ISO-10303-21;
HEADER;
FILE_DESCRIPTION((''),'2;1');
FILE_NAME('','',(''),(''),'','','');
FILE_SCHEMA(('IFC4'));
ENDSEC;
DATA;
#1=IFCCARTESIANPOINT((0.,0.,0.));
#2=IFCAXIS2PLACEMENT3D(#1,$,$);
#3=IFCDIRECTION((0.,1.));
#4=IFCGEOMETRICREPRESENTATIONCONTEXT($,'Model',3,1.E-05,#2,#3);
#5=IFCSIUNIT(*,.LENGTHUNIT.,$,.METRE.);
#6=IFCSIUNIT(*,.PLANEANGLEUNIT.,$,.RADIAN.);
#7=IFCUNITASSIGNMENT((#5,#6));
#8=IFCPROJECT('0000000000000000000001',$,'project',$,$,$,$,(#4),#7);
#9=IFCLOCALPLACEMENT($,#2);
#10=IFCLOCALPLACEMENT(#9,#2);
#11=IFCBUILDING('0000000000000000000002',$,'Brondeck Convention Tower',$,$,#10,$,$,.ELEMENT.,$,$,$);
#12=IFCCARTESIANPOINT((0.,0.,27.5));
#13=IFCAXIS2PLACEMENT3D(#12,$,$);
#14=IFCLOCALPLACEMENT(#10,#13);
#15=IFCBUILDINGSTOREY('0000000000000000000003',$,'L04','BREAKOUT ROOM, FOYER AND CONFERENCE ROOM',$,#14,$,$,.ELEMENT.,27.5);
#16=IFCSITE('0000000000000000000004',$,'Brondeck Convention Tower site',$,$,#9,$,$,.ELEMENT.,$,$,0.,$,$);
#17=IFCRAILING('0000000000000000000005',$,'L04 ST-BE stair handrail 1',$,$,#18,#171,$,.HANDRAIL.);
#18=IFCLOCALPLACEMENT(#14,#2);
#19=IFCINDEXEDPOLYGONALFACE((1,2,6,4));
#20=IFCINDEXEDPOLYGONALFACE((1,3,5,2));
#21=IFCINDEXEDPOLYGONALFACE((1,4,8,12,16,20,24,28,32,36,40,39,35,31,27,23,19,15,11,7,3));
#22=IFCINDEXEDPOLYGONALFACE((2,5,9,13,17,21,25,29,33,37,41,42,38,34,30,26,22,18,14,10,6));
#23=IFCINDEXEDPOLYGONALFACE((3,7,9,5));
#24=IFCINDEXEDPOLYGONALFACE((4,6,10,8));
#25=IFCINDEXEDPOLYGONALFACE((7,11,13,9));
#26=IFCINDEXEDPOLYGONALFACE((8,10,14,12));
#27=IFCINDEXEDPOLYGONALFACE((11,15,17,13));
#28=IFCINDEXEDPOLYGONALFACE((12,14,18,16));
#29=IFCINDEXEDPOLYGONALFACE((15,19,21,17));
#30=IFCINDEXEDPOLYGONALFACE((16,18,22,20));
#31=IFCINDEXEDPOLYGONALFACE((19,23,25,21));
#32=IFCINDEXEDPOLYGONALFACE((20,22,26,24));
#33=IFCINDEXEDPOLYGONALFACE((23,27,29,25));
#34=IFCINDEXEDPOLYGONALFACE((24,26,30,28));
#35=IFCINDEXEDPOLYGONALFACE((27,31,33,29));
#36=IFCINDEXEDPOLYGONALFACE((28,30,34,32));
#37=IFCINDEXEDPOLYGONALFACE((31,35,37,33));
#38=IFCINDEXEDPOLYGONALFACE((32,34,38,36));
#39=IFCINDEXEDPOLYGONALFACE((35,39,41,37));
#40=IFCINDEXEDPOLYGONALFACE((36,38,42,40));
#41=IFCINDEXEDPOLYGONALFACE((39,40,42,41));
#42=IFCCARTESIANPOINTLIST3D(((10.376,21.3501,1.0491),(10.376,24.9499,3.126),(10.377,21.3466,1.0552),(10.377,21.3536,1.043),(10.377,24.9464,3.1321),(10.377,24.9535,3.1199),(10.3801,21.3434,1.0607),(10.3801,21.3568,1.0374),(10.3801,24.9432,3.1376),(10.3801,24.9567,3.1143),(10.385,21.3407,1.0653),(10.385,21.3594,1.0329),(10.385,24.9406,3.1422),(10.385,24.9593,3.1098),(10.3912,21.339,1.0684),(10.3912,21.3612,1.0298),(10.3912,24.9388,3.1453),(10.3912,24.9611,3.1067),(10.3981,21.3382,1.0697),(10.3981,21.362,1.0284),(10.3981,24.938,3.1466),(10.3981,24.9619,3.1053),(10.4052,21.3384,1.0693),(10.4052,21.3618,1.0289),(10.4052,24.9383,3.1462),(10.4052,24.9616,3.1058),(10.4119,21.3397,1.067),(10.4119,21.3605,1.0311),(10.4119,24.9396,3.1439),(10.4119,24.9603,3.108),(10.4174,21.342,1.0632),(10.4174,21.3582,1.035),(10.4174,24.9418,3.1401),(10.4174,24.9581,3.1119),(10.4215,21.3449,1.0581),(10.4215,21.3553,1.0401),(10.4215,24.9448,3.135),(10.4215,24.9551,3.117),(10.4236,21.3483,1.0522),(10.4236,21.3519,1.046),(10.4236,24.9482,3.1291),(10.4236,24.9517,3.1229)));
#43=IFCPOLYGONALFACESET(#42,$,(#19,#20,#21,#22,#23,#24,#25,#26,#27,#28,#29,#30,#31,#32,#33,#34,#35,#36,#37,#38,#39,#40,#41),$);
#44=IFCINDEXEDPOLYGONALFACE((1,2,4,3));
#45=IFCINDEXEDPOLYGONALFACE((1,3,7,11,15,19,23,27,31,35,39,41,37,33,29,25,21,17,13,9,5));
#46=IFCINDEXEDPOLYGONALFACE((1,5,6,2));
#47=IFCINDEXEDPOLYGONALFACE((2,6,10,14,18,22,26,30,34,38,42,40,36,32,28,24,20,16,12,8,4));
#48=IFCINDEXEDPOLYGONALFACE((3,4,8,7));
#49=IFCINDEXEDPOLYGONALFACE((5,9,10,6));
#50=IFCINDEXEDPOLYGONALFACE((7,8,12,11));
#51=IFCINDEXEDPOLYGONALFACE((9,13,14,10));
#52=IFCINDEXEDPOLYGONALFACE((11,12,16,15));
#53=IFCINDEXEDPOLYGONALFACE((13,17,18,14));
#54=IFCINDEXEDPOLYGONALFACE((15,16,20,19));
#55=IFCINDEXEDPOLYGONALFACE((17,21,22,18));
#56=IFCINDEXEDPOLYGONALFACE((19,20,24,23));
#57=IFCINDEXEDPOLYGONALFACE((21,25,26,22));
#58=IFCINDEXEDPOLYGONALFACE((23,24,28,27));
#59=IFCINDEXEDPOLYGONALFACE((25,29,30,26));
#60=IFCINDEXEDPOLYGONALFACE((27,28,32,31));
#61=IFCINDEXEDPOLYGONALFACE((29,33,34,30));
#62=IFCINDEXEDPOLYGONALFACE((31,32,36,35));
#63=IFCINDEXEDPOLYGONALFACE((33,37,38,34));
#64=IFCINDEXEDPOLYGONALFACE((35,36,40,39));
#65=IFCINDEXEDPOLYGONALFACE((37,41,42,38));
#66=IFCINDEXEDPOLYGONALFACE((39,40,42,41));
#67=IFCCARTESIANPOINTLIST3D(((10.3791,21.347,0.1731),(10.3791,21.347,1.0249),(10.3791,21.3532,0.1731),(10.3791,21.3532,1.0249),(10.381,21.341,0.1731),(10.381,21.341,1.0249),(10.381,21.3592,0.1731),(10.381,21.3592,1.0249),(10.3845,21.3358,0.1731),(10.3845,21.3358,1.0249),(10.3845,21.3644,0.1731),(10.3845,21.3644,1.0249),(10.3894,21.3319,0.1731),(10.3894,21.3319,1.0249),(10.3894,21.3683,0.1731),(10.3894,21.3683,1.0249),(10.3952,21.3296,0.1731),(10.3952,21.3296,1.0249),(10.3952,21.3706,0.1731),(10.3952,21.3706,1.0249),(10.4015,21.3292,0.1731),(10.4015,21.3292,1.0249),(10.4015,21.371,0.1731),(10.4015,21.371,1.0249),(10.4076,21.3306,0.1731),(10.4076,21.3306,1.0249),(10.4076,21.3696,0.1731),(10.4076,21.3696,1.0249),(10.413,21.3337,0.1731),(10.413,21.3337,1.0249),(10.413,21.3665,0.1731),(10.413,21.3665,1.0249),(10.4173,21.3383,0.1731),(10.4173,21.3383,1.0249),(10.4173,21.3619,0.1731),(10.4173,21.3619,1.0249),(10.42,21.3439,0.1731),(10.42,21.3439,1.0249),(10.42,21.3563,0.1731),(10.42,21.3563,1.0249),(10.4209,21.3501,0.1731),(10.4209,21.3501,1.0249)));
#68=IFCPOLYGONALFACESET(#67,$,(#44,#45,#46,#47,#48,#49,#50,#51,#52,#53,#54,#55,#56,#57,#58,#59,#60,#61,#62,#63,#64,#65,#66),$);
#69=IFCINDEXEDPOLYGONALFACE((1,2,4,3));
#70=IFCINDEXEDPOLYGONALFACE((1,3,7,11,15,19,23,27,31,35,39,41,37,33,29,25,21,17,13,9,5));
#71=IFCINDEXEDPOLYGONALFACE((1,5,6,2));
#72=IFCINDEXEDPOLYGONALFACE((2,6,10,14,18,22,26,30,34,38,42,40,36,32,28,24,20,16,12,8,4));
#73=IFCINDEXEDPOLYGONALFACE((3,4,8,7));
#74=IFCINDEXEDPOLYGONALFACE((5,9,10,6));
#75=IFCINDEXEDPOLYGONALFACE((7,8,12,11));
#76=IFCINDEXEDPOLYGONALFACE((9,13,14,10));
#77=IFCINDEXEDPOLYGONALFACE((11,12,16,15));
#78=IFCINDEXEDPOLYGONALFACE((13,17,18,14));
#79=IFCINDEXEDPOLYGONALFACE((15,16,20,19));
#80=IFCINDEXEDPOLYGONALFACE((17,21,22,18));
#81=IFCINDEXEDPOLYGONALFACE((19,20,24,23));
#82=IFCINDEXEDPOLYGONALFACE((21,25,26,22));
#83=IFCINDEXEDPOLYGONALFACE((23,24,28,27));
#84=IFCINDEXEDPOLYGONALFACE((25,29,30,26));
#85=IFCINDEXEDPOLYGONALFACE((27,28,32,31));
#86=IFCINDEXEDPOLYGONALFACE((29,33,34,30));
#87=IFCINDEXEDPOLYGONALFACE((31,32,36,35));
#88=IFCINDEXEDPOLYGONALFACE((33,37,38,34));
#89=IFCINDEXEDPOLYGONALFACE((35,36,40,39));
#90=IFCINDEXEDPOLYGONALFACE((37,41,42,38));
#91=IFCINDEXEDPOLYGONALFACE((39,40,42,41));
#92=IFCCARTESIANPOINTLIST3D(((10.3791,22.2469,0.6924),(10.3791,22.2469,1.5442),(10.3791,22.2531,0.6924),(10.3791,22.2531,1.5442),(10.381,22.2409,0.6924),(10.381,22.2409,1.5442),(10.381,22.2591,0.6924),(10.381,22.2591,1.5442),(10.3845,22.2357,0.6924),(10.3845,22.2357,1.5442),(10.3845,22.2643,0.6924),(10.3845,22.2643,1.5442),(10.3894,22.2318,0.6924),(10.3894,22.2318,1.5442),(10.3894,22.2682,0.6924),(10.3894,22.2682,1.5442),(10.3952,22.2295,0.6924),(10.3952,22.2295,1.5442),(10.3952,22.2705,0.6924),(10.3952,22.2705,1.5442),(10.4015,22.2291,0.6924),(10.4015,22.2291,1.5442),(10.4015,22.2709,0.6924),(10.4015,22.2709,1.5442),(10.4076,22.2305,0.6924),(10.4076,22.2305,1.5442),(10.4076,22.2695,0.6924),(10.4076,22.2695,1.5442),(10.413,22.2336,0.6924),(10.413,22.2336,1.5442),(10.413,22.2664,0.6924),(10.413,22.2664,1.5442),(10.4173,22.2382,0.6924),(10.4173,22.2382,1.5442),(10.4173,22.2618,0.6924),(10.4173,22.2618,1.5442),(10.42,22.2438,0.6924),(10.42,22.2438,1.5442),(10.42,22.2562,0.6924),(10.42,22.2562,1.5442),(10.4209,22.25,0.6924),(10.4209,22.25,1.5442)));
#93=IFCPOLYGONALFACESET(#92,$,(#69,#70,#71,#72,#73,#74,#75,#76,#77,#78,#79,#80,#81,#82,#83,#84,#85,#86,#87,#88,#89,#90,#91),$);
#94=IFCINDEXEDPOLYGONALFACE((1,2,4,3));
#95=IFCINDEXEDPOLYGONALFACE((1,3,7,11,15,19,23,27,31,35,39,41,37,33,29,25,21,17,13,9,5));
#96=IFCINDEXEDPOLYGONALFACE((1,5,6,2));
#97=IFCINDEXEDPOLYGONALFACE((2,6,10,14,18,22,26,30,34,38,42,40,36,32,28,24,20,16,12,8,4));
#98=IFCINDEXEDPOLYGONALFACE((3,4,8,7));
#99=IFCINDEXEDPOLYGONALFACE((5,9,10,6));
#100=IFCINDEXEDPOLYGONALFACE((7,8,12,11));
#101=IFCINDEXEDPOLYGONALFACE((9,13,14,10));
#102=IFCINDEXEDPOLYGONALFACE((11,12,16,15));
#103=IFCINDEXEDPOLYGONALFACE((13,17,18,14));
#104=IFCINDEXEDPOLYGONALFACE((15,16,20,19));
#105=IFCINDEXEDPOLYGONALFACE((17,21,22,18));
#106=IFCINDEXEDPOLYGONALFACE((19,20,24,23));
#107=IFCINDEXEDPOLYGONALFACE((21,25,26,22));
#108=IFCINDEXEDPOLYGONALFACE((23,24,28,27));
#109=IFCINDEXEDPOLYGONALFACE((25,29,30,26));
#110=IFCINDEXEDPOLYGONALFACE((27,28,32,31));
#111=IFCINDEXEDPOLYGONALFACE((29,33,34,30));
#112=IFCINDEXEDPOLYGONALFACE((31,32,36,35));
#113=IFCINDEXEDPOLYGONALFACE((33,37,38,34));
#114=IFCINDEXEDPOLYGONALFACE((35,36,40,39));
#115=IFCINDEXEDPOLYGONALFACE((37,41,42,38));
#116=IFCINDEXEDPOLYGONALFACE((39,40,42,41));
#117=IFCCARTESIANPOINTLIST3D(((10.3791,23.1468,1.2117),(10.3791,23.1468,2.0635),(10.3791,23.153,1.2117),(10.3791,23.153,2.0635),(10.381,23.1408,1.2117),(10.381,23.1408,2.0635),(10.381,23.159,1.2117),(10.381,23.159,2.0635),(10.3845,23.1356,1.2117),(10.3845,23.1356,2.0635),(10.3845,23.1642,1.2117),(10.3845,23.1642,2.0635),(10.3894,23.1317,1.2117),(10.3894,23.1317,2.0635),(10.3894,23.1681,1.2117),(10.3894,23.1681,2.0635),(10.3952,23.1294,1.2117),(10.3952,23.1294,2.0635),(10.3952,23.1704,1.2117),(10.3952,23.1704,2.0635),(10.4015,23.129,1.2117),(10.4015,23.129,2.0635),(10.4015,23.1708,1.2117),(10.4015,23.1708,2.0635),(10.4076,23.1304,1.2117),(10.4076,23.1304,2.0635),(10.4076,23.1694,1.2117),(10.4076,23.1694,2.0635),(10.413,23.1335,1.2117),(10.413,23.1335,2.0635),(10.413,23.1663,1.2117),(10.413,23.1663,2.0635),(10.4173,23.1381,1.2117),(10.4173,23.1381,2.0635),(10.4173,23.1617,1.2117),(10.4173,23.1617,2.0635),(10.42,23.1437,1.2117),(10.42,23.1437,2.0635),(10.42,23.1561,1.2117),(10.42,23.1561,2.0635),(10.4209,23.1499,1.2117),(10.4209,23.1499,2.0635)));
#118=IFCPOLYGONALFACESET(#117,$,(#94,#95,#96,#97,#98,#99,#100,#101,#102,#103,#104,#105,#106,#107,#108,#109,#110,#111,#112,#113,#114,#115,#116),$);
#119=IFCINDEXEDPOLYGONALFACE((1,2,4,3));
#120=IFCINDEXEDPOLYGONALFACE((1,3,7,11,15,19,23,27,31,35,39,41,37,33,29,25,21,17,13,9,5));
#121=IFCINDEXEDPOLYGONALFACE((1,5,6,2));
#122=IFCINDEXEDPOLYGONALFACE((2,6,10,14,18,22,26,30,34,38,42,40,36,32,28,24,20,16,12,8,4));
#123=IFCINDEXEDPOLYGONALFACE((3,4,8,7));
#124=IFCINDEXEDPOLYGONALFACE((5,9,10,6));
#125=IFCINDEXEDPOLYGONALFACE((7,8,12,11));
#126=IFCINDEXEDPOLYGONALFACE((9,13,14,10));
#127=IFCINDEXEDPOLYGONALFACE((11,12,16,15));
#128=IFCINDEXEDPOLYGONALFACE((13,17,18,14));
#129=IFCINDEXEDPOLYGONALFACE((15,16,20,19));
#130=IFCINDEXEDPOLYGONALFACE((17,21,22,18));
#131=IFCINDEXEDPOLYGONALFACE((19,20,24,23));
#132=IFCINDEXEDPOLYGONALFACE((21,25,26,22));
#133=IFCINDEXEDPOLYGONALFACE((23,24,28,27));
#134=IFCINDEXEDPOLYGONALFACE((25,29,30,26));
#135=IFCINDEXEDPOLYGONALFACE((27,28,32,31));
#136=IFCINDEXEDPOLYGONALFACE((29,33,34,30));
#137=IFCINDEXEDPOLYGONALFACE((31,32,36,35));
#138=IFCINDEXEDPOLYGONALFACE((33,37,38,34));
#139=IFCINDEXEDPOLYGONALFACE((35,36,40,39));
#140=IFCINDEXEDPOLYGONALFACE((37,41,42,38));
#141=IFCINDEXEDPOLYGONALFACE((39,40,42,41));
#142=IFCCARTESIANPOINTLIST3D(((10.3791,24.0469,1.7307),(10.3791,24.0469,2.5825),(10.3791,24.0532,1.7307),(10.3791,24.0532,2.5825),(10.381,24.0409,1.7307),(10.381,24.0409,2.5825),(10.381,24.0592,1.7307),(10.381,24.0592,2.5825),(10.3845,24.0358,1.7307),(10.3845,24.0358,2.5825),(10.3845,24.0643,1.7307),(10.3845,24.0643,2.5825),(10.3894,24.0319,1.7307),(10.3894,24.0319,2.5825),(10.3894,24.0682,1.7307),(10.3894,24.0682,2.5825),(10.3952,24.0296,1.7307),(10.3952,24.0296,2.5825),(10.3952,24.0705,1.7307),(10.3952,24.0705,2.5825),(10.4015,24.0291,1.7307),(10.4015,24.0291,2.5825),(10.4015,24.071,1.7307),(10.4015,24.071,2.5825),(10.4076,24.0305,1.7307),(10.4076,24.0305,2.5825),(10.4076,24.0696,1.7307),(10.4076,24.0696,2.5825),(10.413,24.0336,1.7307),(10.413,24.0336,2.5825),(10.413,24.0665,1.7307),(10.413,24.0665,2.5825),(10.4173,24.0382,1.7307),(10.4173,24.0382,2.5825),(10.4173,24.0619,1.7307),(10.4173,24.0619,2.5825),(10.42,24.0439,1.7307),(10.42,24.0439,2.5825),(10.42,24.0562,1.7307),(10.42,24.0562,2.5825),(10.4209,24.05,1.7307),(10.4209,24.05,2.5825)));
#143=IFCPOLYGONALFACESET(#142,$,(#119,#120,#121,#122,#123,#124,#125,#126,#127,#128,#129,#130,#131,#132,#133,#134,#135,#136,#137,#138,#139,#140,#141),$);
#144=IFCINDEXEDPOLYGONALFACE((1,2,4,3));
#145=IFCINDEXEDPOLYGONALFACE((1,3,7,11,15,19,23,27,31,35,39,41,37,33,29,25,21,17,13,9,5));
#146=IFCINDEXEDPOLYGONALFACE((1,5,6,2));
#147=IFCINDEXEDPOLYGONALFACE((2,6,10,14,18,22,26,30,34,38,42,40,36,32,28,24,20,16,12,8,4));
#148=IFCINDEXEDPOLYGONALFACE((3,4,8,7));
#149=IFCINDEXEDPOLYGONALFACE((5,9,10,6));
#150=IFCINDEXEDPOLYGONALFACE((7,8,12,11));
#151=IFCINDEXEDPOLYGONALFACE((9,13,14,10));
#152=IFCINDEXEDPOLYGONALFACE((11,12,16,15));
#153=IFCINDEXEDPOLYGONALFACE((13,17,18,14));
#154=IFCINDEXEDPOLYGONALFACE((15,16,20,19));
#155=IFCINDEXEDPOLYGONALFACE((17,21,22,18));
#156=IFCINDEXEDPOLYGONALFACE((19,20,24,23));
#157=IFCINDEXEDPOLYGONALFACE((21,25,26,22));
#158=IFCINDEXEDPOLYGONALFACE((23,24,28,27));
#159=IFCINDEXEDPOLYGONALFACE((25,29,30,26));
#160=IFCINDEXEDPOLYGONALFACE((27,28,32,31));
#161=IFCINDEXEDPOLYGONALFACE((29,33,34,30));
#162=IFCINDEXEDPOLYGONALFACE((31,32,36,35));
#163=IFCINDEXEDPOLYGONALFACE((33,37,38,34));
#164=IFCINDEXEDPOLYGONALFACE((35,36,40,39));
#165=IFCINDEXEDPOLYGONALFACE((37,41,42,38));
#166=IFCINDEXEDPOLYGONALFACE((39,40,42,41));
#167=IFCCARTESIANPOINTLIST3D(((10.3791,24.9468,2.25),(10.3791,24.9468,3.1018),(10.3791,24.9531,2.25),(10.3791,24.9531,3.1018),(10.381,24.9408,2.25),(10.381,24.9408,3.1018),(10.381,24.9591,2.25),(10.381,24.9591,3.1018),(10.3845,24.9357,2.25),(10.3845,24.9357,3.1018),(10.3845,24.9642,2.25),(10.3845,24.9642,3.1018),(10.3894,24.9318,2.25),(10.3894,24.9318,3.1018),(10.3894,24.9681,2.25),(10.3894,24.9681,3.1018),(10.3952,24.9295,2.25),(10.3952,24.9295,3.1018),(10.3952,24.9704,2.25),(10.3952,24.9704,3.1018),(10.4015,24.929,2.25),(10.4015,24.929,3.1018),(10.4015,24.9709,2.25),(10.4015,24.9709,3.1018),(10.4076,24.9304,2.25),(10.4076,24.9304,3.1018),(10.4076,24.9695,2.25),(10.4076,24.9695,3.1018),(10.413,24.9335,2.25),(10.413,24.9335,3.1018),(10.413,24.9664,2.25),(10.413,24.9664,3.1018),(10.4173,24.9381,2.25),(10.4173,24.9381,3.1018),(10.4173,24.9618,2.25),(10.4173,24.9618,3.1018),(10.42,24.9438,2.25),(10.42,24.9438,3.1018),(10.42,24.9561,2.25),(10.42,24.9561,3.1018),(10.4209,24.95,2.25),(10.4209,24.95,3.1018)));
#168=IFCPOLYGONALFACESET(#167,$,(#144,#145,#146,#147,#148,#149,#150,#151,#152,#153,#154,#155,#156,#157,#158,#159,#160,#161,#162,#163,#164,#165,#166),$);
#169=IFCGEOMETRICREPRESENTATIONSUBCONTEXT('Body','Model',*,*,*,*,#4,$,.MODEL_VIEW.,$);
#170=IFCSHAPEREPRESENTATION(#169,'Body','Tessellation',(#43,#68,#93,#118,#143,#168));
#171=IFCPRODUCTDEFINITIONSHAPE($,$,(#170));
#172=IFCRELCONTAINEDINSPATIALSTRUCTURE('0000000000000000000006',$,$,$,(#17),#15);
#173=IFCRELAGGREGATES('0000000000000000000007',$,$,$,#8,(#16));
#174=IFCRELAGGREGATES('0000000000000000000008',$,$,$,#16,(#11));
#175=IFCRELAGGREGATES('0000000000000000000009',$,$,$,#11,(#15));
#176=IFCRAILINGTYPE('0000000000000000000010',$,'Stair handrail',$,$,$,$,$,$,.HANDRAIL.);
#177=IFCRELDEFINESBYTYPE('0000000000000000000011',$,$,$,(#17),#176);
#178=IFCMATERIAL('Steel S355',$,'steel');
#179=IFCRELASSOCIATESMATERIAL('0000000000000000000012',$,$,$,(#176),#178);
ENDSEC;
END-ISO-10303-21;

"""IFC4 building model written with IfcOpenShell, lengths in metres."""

from ifc_helpers import new_model, si_unit, direction, frame, origin, origin_2d, place, context, subcontext, project, spatial, circle, extrude, material, type_object, element, save


model = new_model("IFC4")

# Units and contexts
model_context = context("Model", 3, precision=1e-05, world=origin(), true_north=direction((0.0, 1.0)))
body_context = subcontext(model_context, "Body", "Model", "MODEL_VIEW")
ifc_project = project(units=[si_unit("LENGTHUNIT", "METRE"), si_unit("PLANEANGLEUNIT", "RADIAN")], contexts=[model_context])

# Site, building, storey
site_placement = place(None, origin())
site = spatial("IfcSite", under=ifc_project, at=site_placement, Name="Brondeck Convention Tower site", CompositionType="ELEMENT", RefElevation=0.0)
building_placement = place(site_placement, origin())
building = spatial("IfcBuilding", under=site, at=building_placement, Name="Brondeck Convention Tower", CompositionType="ELEMENT")
storey_placement = place(building_placement, frame((0.0, 0.0, 27.5)))
storey = spatial("IfcBuildingStorey", under=building, at=storey_placement, Name="L04", Description="BREAKOUT ROOM, FOYER AND CONFERENCE ROOM", CompositionType="ELEMENT", Elevation=27.5)

# Shared definitions
ifc_material_1 = material(Name="Steel S355", Category="steel")

# Railing
railing_type_1 = type_object("IfcRailingType", Name="Stair handrail", PredefinedType="HANDRAIL", material=ifc_material_1)
railing_1_placement = place(storey_placement, frame((10.3999, 21.3501, 0.1731)))
element("IfcRailing", 1, at=railing_1_placement, inside=storey, type_object=railing_type_1, Name="L04 ST-BE stair handrail 1", PredefinedType="HANDRAIL", context=body_context, shape_type="SweptSolid", body=[
    extrude(circle(Radius=0.0239, at=origin_2d()), frame((0.0, 0.0, 0.876), z_axis=(0.0, 0.866179, 0.499734), x_axis=(-1.0, 0.0, 0.0)), (0.0, 0.0, 1.0), 4.156),
    extrude(circle(Radius=0.021, at=origin_2d()), origin(), (0.0, 0.0, 1.0), 0.8518),
    extrude(circle(Radius=0.021, at=origin_2d()), frame((0.0, 0.8999, 0.5193)), (0.0, 0.0, 1.0), 0.8518),
    extrude(circle(Radius=0.021, at=origin_2d()), frame((0.0, 1.7998, 1.0386)), (0.0, 0.0, 1.0), 0.8518),
    extrude(circle(Radius=0.021, at=origin_2d()), frame((0.0, 2.7, 1.5576)), (0.0, 0.0, 1.0), 0.8518),
    extrude(circle(Radius=0.021, at=origin_2d()), frame((0.0, 3.5999, 2.0769)), (0.0, 0.0, 1.0), 0.8518),
])

save(model, "model.ifc")
